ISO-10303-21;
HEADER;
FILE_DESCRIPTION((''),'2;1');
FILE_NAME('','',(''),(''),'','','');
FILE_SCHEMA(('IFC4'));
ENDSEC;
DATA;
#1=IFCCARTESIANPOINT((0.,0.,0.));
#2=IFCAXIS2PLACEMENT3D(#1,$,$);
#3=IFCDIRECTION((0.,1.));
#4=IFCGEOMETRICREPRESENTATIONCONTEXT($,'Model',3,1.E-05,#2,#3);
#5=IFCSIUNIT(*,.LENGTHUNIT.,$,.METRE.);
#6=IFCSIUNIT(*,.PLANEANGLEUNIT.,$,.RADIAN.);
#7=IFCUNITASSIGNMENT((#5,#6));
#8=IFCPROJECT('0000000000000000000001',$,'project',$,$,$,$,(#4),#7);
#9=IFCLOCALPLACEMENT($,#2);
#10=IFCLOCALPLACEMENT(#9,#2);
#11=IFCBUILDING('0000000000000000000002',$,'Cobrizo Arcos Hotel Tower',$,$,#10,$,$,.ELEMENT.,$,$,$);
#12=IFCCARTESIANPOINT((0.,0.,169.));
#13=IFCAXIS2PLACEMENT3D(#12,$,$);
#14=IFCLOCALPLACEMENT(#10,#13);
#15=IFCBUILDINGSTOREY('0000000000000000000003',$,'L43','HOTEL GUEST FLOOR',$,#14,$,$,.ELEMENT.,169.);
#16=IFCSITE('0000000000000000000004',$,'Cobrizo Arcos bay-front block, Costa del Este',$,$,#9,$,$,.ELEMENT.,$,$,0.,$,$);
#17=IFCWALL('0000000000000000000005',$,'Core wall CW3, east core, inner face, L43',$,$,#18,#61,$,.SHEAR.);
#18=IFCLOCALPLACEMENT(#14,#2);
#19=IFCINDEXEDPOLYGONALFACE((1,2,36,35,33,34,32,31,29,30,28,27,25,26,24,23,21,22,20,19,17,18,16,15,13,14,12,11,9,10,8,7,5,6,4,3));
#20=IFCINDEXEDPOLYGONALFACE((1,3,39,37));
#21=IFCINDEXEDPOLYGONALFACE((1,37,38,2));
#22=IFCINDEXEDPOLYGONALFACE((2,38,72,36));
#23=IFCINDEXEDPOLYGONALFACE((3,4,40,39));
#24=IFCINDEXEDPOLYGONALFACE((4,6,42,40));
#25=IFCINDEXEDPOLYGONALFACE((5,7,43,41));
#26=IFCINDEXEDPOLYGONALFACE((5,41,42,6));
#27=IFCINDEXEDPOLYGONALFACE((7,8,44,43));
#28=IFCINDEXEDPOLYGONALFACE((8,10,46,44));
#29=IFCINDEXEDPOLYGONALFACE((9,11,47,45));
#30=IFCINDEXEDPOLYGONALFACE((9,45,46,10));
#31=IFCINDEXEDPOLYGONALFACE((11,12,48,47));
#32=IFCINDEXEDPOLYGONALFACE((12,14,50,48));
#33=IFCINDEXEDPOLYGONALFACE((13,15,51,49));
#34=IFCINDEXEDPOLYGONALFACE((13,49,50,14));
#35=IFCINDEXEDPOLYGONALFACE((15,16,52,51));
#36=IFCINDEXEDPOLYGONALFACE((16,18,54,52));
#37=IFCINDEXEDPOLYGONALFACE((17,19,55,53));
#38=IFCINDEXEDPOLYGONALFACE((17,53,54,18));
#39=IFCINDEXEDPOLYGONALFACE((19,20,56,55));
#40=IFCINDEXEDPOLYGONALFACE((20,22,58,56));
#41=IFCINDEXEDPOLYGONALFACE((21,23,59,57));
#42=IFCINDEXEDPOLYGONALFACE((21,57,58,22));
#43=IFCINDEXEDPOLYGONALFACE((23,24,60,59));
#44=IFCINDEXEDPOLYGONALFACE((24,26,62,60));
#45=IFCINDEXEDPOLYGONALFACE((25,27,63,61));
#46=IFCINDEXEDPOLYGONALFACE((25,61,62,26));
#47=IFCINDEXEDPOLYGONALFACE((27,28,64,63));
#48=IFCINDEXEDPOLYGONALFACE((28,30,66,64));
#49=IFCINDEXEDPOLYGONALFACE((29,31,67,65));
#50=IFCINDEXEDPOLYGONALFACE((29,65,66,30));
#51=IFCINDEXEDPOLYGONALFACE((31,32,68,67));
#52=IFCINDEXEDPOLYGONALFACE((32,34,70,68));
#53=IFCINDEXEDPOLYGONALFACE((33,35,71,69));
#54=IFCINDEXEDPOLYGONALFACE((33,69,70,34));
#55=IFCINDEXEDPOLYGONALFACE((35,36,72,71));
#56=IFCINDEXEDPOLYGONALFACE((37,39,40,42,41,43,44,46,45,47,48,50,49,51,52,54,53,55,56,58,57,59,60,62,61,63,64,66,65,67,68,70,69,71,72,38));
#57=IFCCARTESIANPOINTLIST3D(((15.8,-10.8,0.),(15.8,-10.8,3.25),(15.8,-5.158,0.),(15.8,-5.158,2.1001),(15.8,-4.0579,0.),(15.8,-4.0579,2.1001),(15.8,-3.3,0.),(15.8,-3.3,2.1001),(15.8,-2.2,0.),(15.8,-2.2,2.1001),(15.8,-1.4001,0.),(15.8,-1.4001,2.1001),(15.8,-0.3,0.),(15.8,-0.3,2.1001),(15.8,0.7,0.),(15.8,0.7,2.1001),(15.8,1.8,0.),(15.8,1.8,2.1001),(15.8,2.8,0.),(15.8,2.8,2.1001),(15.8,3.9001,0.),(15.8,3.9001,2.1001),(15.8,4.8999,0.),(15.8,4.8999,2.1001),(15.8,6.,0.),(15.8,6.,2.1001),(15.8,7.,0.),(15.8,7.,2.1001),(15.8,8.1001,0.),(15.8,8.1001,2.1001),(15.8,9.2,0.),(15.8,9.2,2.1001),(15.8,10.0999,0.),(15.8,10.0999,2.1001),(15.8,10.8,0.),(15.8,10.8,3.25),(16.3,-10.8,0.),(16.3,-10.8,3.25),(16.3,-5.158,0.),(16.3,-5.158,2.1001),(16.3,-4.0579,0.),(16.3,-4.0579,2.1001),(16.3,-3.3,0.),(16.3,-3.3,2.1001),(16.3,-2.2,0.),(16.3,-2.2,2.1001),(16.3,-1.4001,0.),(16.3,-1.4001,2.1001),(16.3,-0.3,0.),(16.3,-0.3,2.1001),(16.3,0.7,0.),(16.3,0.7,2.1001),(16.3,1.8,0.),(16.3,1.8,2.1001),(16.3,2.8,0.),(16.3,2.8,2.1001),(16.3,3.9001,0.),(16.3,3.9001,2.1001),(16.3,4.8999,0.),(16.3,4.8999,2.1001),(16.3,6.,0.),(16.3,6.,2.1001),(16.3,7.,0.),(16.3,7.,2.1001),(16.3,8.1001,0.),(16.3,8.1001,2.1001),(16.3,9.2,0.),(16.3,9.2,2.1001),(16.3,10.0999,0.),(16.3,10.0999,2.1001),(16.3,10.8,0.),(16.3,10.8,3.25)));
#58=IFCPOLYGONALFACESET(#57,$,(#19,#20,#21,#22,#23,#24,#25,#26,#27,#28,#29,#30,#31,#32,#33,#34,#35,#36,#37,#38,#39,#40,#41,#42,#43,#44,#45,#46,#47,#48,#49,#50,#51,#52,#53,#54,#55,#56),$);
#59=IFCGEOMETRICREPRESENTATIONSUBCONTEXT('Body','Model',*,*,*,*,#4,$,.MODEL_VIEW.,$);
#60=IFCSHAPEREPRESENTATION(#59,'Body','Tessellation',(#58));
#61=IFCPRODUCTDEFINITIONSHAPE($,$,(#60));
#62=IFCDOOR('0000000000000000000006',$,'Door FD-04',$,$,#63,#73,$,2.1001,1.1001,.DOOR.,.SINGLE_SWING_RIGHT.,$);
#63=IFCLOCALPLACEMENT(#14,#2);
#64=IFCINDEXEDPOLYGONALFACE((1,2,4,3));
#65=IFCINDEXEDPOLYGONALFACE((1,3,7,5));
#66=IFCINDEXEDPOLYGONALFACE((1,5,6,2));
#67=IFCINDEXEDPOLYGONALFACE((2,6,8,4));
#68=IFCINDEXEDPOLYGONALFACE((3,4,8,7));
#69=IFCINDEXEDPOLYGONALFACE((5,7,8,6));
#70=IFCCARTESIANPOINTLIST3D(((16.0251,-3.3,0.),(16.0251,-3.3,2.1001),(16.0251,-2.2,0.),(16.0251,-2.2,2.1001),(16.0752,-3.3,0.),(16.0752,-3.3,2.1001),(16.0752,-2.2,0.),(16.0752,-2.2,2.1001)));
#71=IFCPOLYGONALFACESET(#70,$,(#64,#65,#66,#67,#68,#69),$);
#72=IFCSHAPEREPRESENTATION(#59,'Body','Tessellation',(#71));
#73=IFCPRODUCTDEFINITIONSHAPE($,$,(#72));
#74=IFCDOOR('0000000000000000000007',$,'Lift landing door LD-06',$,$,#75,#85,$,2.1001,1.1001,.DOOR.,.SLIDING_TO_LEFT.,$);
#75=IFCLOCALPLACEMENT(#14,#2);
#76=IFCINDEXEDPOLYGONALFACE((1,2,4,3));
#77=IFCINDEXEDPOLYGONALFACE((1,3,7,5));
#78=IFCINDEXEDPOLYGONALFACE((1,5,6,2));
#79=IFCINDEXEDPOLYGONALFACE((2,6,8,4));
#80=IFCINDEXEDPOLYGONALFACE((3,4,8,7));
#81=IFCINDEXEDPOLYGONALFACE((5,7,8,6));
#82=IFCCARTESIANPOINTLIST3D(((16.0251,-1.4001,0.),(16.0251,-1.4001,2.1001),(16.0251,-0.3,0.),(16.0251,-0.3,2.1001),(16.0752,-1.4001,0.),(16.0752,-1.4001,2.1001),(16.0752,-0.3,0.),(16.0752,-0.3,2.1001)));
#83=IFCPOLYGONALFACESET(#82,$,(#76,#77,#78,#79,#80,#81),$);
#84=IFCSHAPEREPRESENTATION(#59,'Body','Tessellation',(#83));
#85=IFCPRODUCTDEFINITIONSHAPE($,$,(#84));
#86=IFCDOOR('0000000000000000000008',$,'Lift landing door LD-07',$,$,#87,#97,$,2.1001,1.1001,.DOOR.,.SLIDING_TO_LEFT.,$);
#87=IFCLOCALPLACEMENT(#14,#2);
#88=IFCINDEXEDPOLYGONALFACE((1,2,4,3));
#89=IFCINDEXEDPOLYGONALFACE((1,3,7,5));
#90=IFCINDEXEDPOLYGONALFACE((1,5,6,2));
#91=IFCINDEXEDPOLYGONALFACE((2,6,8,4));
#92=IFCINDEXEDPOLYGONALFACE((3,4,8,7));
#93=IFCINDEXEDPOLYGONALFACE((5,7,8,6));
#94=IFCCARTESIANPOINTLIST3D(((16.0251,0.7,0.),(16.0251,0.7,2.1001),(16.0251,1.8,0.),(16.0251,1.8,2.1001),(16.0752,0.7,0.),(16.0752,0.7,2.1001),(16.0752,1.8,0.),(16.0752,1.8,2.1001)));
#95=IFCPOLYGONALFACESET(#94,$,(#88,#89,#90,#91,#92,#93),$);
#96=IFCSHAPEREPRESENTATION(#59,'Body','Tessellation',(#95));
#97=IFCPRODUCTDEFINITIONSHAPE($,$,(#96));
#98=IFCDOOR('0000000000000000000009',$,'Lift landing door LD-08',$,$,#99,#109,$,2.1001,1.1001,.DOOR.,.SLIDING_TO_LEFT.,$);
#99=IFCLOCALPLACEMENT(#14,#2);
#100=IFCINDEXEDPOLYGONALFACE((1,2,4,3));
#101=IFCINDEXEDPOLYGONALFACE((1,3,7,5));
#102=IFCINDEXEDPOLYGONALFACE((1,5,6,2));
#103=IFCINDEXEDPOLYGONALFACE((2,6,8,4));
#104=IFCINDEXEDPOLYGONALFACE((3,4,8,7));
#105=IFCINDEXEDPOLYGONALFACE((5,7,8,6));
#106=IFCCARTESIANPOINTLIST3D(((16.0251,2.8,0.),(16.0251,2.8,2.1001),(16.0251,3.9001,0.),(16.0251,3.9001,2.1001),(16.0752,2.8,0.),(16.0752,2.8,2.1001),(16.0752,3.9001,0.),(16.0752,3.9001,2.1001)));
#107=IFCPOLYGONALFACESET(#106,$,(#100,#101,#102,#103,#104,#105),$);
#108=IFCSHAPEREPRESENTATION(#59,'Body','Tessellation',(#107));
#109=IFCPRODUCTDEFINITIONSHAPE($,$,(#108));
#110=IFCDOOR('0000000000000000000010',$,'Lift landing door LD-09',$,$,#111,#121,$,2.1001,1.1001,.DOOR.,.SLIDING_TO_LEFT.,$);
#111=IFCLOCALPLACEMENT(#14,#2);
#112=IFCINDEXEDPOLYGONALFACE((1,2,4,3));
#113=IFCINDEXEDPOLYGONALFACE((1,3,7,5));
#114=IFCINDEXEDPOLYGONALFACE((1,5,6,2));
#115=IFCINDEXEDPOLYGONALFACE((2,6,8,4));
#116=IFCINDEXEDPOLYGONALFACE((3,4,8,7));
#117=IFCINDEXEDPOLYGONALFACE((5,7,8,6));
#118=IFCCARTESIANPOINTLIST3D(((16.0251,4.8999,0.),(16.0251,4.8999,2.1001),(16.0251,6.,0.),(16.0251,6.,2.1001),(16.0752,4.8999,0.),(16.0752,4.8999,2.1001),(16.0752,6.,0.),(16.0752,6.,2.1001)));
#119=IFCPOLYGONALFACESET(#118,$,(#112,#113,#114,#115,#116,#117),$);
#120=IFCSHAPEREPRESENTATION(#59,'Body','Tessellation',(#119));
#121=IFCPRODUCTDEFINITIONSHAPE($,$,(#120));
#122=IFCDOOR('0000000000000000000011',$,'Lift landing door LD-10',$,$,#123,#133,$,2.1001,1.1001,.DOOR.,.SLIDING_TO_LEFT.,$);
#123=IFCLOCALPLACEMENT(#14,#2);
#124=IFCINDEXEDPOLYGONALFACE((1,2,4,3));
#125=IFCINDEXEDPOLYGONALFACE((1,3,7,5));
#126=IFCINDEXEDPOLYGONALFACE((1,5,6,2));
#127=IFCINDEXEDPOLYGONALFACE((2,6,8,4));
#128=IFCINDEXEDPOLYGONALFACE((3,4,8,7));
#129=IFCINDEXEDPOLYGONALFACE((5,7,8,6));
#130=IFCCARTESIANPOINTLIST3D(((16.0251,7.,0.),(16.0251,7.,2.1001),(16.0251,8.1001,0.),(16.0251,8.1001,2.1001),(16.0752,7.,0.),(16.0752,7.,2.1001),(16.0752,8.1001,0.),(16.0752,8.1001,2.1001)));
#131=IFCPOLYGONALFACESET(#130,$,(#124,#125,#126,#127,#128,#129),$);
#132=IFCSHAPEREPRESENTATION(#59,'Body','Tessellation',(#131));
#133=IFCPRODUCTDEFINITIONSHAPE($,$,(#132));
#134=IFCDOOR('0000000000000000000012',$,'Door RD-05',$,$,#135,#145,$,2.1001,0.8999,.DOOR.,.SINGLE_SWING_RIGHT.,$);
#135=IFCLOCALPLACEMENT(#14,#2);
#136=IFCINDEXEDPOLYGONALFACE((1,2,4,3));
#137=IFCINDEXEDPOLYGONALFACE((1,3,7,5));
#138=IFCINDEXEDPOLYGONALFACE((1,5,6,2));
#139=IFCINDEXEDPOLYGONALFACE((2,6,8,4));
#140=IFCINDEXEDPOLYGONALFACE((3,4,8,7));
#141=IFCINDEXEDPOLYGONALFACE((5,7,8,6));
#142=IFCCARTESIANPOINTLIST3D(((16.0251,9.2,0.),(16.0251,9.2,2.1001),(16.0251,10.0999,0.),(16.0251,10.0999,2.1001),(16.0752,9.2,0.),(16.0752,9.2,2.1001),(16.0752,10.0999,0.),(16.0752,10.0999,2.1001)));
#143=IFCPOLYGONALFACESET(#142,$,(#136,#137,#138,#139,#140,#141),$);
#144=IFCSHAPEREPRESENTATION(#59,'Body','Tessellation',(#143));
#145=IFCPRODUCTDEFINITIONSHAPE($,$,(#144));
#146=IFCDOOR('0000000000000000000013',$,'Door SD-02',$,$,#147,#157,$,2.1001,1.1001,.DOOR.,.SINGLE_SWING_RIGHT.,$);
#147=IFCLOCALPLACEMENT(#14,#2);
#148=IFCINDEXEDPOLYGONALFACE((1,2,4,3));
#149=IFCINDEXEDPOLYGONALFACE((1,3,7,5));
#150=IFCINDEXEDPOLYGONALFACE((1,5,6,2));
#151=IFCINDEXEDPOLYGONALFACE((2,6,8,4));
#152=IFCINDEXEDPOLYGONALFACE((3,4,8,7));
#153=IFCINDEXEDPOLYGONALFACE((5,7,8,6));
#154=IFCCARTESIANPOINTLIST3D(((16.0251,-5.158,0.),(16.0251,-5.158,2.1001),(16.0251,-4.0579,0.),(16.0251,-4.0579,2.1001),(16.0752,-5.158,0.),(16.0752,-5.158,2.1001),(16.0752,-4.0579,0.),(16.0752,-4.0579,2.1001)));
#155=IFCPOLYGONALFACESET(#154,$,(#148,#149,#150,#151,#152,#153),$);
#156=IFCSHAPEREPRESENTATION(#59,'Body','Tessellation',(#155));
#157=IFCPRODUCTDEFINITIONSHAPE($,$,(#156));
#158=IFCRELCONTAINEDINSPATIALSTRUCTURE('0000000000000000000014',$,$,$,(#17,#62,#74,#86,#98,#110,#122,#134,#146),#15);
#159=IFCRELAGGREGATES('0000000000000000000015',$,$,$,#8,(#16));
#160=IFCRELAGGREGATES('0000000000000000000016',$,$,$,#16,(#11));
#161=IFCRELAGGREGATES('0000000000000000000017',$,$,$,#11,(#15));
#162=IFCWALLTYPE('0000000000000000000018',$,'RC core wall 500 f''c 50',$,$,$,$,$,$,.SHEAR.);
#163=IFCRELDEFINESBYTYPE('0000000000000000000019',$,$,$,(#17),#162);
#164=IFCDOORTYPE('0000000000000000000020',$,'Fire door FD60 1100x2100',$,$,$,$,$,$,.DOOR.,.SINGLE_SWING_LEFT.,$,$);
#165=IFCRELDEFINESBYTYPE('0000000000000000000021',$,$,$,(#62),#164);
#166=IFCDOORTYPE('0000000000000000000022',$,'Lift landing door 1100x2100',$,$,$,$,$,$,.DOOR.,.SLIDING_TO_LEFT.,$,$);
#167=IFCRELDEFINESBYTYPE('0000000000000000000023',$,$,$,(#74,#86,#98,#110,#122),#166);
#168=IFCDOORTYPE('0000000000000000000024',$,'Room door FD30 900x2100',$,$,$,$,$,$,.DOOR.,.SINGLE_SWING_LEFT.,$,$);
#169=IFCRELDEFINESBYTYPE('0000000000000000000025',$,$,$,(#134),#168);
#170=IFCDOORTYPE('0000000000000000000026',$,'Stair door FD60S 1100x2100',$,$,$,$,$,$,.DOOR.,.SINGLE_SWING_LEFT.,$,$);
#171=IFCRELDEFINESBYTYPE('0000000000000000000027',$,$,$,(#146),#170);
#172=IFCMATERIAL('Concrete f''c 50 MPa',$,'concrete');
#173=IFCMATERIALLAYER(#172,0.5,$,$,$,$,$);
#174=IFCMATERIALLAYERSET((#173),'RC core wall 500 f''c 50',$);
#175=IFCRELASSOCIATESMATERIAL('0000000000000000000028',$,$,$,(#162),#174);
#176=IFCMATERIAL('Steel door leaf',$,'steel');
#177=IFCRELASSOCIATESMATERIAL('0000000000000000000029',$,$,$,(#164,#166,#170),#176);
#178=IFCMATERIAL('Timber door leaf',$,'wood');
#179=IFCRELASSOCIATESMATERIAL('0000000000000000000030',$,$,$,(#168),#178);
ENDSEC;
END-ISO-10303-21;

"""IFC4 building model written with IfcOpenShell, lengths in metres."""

from ifc_helpers import new_model, si_unit, direction, frame, frame_2d, origin, place, context, subcontext, project, spatial, rectangle, extrude, material, layer, layer_set, type_object, element, fill, save


model = new_model("IFC4")

# Units and contexts
model_context = context("Model", 3, precision=1e-05, world=origin(), true_north=direction((0.0, 1.0)))
body_context = subcontext(model_context, "Body", "Model", "MODEL_VIEW")
ifc_project = project(units=[si_unit("LENGTHUNIT", "METRE"), si_unit("PLANEANGLEUNIT", "RADIAN")], contexts=[model_context])

# Site, building, storey
site_placement = place(None, origin())
site = spatial("IfcSite", under=ifc_project, at=site_placement, Name="Cobrizo Arcos bay-front block, Costa del Este", CompositionType="ELEMENT", RefElevation=0.0)
building_placement = place(site_placement, origin())
building = spatial("IfcBuilding", under=site, at=building_placement, Name="Cobrizo Arcos Hotel Tower", CompositionType="ELEMENT")
storey_placement = place(building_placement, frame((0.0, 0.0, 169.0)))
storey = spatial("IfcBuildingStorey", under=building, at=storey_placement, Name="L43", Description="HOTEL GUEST FLOOR", CompositionType="ELEMENT", Elevation=169.0)

# Shared definitions
ifc_material_1 = material(Name="Timber door leaf", Category="wood")

# Wall, openings, doors
ifc_material_2 = material(Name="Concrete f'c 50 MPa", Category="concrete")
ifc_layer_1 = layer(ifc_material_2, 0.5)
ifc_layer_set_1 = layer_set([ifc_layer_1], Name="RC core wall 500 f'c 50")
wall_type_1 = type_object("IfcWallType", Name="RC core wall 500 f'c 50", PredefinedType="SHEAR", material=ifc_layer_set_1)
wall_1_placement = place(storey_placement, frame((16.05, -10.8, 0.0), z_axis=(0.0, 0.0, 1.0), x_axis=(0.0, 1.0, 0.0)))
wall_1 = element("IfcWall", 1, at=wall_1_placement, inside=storey, type_object=wall_type_1, Name="Core wall CW3, east core, inner face, L43", PredefinedType="SHEAR", context=body_context, shape_type="SweptSolid", body=[
    extrude(rectangle(XDim=21.6001, YDim=0.5, at=frame_2d((10.8, 0.0))), origin(), (0.0, 0.0, 1.0), 3.25),
])
opening_1_placement = place(wall_1_placement, frame((9.3999, 0.0, 0.0)))
opening_1 = element("IfcOpeningElement", 2, at=opening_1_placement, cuts=wall_1, PredefinedType="OPENING", context=body_context, shape_type="SweptSolid", body=[
    extrude(rectangle(XDim=1.1001, YDim=2.1001, at=frame_2d((0.55, 1.05))), frame((0.0, 0.262, 0.0), z_axis=(0.0, -1.0, 0.0), x_axis=(1.0, 0.0, 0.0)), (0.0, 0.0, 1.0), 0.5239),
])
opening_2_placement = place(wall_1_placement, frame((11.5, 0.0, 0.0)))
opening_2 = element("IfcOpeningElement", 3, at=opening_2_placement, cuts=wall_1, PredefinedType="OPENING", context=body_context, shape_type="SweptSolid", body=[
    extrude(rectangle(XDim=1.1001, YDim=2.1001, at=frame_2d((0.55, 1.05))), frame((0.0, 0.262, 0.0), z_axis=(0.0, -1.0, 0.0), x_axis=(1.0, 0.0, 0.0)), (0.0, 0.0, 1.0), 0.5239),
])
opening_3_placement = place(wall_1_placement, frame((13.6001, 0.0, 0.0)))
opening_3 = element("IfcOpeningElement", 4, at=opening_3_placement, cuts=wall_1, PredefinedType="OPENING", context=body_context, shape_type="SweptSolid", body=[
    extrude(rectangle(XDim=1.1001, YDim=2.1001, at=frame_2d((0.55, 1.05))), frame((0.0, 0.262, 0.0), z_axis=(0.0, -1.0, 0.0), x_axis=(1.0, 0.0, 0.0)), (0.0, 0.0, 1.0), 0.5239),
])
opening_4_placement = place(wall_1_placement, frame((15.7, 0.0, 0.0)))
opening_4 = element("IfcOpeningElement", 5, at=opening_4_placement, cuts=wall_1, PredefinedType="OPENING", context=body_context, shape_type="SweptSolid", body=[
    extrude(rectangle(XDim=1.1001, YDim=2.1001, at=frame_2d((0.55, 1.05))), frame((0.0, 0.262, 0.0), z_axis=(0.0, -1.0, 0.0), x_axis=(1.0, 0.0, 0.0)), (0.0, 0.0, 1.0), 0.5239),
])
opening_5_placement = place(wall_1_placement, frame((17.8, 0.0, 0.0)))
opening_5 = element("IfcOpeningElement", 6, at=opening_5_placement, cuts=wall_1, PredefinedType="OPENING", context=body_context, shape_type="SweptSolid", body=[
    extrude(rectangle(XDim=1.1001, YDim=2.1001, at=frame_2d((0.55, 1.05))), frame((0.0, 0.262, 0.0), z_axis=(0.0, -1.0, 0.0), x_axis=(1.0, 0.0, 0.0)), (0.0, 0.0, 1.0), 0.5239),
])
opening_6_placement = place(wall_1_placement, frame((5.6421, 0.0, 0.0)))
opening_6 = element("IfcOpeningElement", 7, at=opening_6_placement, cuts=wall_1, PredefinedType="OPENING", context=body_context, shape_type="SweptSolid", body=[
    extrude(rectangle(XDim=1.1001, YDim=2.1001, at=frame_2d((0.55, 1.05))), frame((0.0, 0.262, 0.0), z_axis=(0.0, -1.0, 0.0), x_axis=(1.0, 0.0, 0.0)), (0.0, 0.0, 1.0), 0.5239),
])
opening_7_placement = place(wall_1_placement, frame((7.5, 0.0, 0.0)))
opening_7 = element("IfcOpeningElement", 8, at=opening_7_placement, cuts=wall_1, PredefinedType="OPENING", context=body_context, shape_type="SweptSolid", body=[
    extrude(rectangle(XDim=1.1001, YDim=2.1001, at=frame_2d((0.55, 1.05))), frame((0.0, 0.262, 0.0), z_axis=(0.0, -1.0, 0.0), x_axis=(1.0, 0.0, 0.0)), (0.0, 0.0, 1.0), 0.5239),
])
opening_8_placement = place(wall_1_placement, frame((20.0, 0.0, 0.0)))
opening_8 = element("IfcOpeningElement", 9, at=opening_8_placement, cuts=wall_1, PredefinedType="OPENING", context=body_context, shape_type="SweptSolid", body=[
    extrude(rectangle(XDim=0.8999, YDim=2.1001, at=frame_2d((0.45, 1.05))), frame((0.0, 0.262, 0.0), z_axis=(0.0, -1.0, 0.0), x_axis=(1.0, 0.0, 0.0)), (0.0, 0.0, 1.0), 0.5239),
])
ifc_material_3 = material(Name="Steel door leaf", Category="steel")
door_type_1 = type_object("IfcDoorType", Name="Fire door FD60 1100x2100", OperationType="SINGLE_SWING_LEFT", PredefinedType="DOOR", material=ifc_material_3)
door_1_placement = place(opening_7_placement, origin())
door_1 = element("IfcDoor", 10, at=door_1_placement, inside=storey, type_object=door_type_1, Name="Door FD-04", OperationType="SINGLE_SWING_RIGHT", OverallHeight=2.1001, OverallWidth=1.1001, PredefinedType="DOOR", context=body_context, shape_type="SweptSolid", body=[
    extrude(rectangle(XDim=1.1001, YDim=2.1001, at=frame_2d((0.55, 1.05))), frame((0.0, 0.0249, 0.0), z_axis=(0.0, -1.0, 0.0), x_axis=(1.0, 0.0, 0.0)), (0.0, 0.0, 1.0), 0.05),
])
fill(opening_7, door_1)
door_type_2 = type_object("IfcDoorType", Name="Lift landing door 1100x2100", OperationType="SLIDING_TO_LEFT", PredefinedType="DOOR", material=ifc_material_3)
door_2_placement = place(opening_1_placement, origin())
door_2 = element("IfcDoor", 11, at=door_2_placement, inside=storey, type_object=door_type_2, Name="Lift landing door LD-06", OperationType="SLIDING_TO_LEFT", OverallHeight=2.1001, OverallWidth=1.1001, PredefinedType="DOOR", context=body_context, shape_type="SweptSolid", body=[
    extrude(rectangle(XDim=1.1001, YDim=2.1001, at=frame_2d((0.55, 1.05))), frame((0.0, 0.0249, 0.0), z_axis=(0.0, -1.0, 0.0), x_axis=(1.0, 0.0, 0.0)), (0.0, 0.0, 1.0), 0.05),
])
fill(opening_1, door_2)
door_3_placement = place(opening_2_placement, origin())
door_3 = element("IfcDoor", 12, at=door_3_placement, inside=storey, type_object=door_type_2, Name="Lift landing door LD-07", OperationType="SLIDING_TO_LEFT", OverallHeight=2.1001, OverallWidth=1.1001, PredefinedType="DOOR", context=body_context, shape_type="SweptSolid", body=[
    extrude(rectangle(XDim=1.1001, YDim=2.1001, at=frame_2d((0.55, 1.05))), frame((0.0, 0.0249, 0.0), z_axis=(0.0, -1.0, 0.0), x_axis=(1.0, 0.0, 0.0)), (0.0, 0.0, 1.0), 0.05),
])
fill(opening_2, door_3)
door_4_placement = place(opening_3_placement, origin())
door_4 = element("IfcDoor", 13, at=door_4_placement, inside=storey, type_object=door_type_2, Name="Lift landing door LD-08", OperationType="SLIDING_TO_LEFT", OverallHeight=2.1001, OverallWidth=1.1001, PredefinedType="DOOR", context=body_context, shape_type="SweptSolid", body=[
    extrude(rectangle(XDim=1.1001, YDim=2.1001, at=frame_2d((0.55, 1.05))), frame((0.0, 0.0249, 0.0), z_axis=(0.0, -1.0, 0.0), x_axis=(1.0, 0.0, 0.0)), (0.0, 0.0, 1.0), 0.05),
])
fill(opening_3, door_4)
door_5_placement = place(opening_4_placement, origin())
door_5 = element("IfcDoor", 14, at=door_5_placement, inside=storey, type_object=door_type_2, Name="Lift landing door LD-09", OperationType="SLIDING_TO_LEFT", OverallHeight=2.1001, OverallWidth=1.1001, PredefinedType="DOOR", context=body_context, shape_type="SweptSolid", body=[
    extrude(rectangle(XDim=1.1001, YDim=2.1001, at=frame_2d((0.55, 1.05))), frame((0.0, 0.0249, 0.0), z_axis=(0.0, -1.0, 0.0), x_axis=(1.0, 0.0, 0.0)), (0.0, 0.0, 1.0), 0.05),
])
fill(opening_4, door_5)
door_6_placement = place(opening_5_placement, origin())
door_6 = element("IfcDoor", 15, at=door_6_placement, inside=storey, type_object=door_type_2, Name="Lift landing door LD-10", OperationType="SLIDING_TO_LEFT", OverallHeight=2.1001, OverallWidth=1.1001, PredefinedType="DOOR", context=body_context, shape_type="SweptSolid", body=[
    extrude(rectangle(XDim=1.1001, YDim=2.1001, at=frame_2d((0.55, 1.05))), frame((0.0, 0.0249, 0.0), z_axis=(0.0, -1.0, 0.0), x_axis=(1.0, 0.0, 0.0)), (0.0, 0.0, 1.0), 0.05),
])
fill(opening_5, door_6)
door_type_3 = type_object("IfcDoorType", Name="Room door FD30 900x2100", OperationType="SINGLE_SWING_LEFT", PredefinedType="DOOR", material=ifc_material_1)
door_7_placement = place(opening_8_placement, origin())
door_7 = element("IfcDoor", 16, at=door_7_placement, inside=storey, type_object=door_type_3, Name="Door RD-05", OperationType="SINGLE_SWING_RIGHT", OverallHeight=2.1001, OverallWidth=0.8999, PredefinedType="DOOR", context=body_context, shape_type="SweptSolid", body=[
    extrude(rectangle(XDim=0.8999, YDim=2.1001, at=frame_2d((0.45, 1.05))), frame((0.0, 0.0249, 0.0), z_axis=(0.0, -1.0, 0.0), x_axis=(1.0, 0.0, 0.0)), (0.0, 0.0, 1.0), 0.05),
])
fill(opening_8, door_7)
door_type_4 = type_object("IfcDoorType", Name="Stair door FD60S 1100x2100", OperationType="SINGLE_SWING_LEFT", PredefinedType="DOOR", material=ifc_material_3)
door_8_placement = place(opening_6_placement, origin())
door_8 = element("IfcDoor", 17, at=door_8_placement, inside=storey, type_object=door_type_4, Name="Door SD-02", OperationType="SINGLE_SWING_RIGHT", OverallHeight=2.1001, OverallWidth=1.1001, PredefinedType="DOOR", context=body_context, shape_type="SweptSolid", body=[
    extrude(rectangle(XDim=1.1001, YDim=2.1001, at=frame_2d((0.55, 1.05))), frame((0.0, 0.0249, 0.0), z_axis=(0.0, -1.0, 0.0), x_axis=(1.0, 0.0, 0.0)), (0.0, 0.0, 1.0), 0.05),
])
fill(opening_6, door_8)

save(model, "model.ifc")
